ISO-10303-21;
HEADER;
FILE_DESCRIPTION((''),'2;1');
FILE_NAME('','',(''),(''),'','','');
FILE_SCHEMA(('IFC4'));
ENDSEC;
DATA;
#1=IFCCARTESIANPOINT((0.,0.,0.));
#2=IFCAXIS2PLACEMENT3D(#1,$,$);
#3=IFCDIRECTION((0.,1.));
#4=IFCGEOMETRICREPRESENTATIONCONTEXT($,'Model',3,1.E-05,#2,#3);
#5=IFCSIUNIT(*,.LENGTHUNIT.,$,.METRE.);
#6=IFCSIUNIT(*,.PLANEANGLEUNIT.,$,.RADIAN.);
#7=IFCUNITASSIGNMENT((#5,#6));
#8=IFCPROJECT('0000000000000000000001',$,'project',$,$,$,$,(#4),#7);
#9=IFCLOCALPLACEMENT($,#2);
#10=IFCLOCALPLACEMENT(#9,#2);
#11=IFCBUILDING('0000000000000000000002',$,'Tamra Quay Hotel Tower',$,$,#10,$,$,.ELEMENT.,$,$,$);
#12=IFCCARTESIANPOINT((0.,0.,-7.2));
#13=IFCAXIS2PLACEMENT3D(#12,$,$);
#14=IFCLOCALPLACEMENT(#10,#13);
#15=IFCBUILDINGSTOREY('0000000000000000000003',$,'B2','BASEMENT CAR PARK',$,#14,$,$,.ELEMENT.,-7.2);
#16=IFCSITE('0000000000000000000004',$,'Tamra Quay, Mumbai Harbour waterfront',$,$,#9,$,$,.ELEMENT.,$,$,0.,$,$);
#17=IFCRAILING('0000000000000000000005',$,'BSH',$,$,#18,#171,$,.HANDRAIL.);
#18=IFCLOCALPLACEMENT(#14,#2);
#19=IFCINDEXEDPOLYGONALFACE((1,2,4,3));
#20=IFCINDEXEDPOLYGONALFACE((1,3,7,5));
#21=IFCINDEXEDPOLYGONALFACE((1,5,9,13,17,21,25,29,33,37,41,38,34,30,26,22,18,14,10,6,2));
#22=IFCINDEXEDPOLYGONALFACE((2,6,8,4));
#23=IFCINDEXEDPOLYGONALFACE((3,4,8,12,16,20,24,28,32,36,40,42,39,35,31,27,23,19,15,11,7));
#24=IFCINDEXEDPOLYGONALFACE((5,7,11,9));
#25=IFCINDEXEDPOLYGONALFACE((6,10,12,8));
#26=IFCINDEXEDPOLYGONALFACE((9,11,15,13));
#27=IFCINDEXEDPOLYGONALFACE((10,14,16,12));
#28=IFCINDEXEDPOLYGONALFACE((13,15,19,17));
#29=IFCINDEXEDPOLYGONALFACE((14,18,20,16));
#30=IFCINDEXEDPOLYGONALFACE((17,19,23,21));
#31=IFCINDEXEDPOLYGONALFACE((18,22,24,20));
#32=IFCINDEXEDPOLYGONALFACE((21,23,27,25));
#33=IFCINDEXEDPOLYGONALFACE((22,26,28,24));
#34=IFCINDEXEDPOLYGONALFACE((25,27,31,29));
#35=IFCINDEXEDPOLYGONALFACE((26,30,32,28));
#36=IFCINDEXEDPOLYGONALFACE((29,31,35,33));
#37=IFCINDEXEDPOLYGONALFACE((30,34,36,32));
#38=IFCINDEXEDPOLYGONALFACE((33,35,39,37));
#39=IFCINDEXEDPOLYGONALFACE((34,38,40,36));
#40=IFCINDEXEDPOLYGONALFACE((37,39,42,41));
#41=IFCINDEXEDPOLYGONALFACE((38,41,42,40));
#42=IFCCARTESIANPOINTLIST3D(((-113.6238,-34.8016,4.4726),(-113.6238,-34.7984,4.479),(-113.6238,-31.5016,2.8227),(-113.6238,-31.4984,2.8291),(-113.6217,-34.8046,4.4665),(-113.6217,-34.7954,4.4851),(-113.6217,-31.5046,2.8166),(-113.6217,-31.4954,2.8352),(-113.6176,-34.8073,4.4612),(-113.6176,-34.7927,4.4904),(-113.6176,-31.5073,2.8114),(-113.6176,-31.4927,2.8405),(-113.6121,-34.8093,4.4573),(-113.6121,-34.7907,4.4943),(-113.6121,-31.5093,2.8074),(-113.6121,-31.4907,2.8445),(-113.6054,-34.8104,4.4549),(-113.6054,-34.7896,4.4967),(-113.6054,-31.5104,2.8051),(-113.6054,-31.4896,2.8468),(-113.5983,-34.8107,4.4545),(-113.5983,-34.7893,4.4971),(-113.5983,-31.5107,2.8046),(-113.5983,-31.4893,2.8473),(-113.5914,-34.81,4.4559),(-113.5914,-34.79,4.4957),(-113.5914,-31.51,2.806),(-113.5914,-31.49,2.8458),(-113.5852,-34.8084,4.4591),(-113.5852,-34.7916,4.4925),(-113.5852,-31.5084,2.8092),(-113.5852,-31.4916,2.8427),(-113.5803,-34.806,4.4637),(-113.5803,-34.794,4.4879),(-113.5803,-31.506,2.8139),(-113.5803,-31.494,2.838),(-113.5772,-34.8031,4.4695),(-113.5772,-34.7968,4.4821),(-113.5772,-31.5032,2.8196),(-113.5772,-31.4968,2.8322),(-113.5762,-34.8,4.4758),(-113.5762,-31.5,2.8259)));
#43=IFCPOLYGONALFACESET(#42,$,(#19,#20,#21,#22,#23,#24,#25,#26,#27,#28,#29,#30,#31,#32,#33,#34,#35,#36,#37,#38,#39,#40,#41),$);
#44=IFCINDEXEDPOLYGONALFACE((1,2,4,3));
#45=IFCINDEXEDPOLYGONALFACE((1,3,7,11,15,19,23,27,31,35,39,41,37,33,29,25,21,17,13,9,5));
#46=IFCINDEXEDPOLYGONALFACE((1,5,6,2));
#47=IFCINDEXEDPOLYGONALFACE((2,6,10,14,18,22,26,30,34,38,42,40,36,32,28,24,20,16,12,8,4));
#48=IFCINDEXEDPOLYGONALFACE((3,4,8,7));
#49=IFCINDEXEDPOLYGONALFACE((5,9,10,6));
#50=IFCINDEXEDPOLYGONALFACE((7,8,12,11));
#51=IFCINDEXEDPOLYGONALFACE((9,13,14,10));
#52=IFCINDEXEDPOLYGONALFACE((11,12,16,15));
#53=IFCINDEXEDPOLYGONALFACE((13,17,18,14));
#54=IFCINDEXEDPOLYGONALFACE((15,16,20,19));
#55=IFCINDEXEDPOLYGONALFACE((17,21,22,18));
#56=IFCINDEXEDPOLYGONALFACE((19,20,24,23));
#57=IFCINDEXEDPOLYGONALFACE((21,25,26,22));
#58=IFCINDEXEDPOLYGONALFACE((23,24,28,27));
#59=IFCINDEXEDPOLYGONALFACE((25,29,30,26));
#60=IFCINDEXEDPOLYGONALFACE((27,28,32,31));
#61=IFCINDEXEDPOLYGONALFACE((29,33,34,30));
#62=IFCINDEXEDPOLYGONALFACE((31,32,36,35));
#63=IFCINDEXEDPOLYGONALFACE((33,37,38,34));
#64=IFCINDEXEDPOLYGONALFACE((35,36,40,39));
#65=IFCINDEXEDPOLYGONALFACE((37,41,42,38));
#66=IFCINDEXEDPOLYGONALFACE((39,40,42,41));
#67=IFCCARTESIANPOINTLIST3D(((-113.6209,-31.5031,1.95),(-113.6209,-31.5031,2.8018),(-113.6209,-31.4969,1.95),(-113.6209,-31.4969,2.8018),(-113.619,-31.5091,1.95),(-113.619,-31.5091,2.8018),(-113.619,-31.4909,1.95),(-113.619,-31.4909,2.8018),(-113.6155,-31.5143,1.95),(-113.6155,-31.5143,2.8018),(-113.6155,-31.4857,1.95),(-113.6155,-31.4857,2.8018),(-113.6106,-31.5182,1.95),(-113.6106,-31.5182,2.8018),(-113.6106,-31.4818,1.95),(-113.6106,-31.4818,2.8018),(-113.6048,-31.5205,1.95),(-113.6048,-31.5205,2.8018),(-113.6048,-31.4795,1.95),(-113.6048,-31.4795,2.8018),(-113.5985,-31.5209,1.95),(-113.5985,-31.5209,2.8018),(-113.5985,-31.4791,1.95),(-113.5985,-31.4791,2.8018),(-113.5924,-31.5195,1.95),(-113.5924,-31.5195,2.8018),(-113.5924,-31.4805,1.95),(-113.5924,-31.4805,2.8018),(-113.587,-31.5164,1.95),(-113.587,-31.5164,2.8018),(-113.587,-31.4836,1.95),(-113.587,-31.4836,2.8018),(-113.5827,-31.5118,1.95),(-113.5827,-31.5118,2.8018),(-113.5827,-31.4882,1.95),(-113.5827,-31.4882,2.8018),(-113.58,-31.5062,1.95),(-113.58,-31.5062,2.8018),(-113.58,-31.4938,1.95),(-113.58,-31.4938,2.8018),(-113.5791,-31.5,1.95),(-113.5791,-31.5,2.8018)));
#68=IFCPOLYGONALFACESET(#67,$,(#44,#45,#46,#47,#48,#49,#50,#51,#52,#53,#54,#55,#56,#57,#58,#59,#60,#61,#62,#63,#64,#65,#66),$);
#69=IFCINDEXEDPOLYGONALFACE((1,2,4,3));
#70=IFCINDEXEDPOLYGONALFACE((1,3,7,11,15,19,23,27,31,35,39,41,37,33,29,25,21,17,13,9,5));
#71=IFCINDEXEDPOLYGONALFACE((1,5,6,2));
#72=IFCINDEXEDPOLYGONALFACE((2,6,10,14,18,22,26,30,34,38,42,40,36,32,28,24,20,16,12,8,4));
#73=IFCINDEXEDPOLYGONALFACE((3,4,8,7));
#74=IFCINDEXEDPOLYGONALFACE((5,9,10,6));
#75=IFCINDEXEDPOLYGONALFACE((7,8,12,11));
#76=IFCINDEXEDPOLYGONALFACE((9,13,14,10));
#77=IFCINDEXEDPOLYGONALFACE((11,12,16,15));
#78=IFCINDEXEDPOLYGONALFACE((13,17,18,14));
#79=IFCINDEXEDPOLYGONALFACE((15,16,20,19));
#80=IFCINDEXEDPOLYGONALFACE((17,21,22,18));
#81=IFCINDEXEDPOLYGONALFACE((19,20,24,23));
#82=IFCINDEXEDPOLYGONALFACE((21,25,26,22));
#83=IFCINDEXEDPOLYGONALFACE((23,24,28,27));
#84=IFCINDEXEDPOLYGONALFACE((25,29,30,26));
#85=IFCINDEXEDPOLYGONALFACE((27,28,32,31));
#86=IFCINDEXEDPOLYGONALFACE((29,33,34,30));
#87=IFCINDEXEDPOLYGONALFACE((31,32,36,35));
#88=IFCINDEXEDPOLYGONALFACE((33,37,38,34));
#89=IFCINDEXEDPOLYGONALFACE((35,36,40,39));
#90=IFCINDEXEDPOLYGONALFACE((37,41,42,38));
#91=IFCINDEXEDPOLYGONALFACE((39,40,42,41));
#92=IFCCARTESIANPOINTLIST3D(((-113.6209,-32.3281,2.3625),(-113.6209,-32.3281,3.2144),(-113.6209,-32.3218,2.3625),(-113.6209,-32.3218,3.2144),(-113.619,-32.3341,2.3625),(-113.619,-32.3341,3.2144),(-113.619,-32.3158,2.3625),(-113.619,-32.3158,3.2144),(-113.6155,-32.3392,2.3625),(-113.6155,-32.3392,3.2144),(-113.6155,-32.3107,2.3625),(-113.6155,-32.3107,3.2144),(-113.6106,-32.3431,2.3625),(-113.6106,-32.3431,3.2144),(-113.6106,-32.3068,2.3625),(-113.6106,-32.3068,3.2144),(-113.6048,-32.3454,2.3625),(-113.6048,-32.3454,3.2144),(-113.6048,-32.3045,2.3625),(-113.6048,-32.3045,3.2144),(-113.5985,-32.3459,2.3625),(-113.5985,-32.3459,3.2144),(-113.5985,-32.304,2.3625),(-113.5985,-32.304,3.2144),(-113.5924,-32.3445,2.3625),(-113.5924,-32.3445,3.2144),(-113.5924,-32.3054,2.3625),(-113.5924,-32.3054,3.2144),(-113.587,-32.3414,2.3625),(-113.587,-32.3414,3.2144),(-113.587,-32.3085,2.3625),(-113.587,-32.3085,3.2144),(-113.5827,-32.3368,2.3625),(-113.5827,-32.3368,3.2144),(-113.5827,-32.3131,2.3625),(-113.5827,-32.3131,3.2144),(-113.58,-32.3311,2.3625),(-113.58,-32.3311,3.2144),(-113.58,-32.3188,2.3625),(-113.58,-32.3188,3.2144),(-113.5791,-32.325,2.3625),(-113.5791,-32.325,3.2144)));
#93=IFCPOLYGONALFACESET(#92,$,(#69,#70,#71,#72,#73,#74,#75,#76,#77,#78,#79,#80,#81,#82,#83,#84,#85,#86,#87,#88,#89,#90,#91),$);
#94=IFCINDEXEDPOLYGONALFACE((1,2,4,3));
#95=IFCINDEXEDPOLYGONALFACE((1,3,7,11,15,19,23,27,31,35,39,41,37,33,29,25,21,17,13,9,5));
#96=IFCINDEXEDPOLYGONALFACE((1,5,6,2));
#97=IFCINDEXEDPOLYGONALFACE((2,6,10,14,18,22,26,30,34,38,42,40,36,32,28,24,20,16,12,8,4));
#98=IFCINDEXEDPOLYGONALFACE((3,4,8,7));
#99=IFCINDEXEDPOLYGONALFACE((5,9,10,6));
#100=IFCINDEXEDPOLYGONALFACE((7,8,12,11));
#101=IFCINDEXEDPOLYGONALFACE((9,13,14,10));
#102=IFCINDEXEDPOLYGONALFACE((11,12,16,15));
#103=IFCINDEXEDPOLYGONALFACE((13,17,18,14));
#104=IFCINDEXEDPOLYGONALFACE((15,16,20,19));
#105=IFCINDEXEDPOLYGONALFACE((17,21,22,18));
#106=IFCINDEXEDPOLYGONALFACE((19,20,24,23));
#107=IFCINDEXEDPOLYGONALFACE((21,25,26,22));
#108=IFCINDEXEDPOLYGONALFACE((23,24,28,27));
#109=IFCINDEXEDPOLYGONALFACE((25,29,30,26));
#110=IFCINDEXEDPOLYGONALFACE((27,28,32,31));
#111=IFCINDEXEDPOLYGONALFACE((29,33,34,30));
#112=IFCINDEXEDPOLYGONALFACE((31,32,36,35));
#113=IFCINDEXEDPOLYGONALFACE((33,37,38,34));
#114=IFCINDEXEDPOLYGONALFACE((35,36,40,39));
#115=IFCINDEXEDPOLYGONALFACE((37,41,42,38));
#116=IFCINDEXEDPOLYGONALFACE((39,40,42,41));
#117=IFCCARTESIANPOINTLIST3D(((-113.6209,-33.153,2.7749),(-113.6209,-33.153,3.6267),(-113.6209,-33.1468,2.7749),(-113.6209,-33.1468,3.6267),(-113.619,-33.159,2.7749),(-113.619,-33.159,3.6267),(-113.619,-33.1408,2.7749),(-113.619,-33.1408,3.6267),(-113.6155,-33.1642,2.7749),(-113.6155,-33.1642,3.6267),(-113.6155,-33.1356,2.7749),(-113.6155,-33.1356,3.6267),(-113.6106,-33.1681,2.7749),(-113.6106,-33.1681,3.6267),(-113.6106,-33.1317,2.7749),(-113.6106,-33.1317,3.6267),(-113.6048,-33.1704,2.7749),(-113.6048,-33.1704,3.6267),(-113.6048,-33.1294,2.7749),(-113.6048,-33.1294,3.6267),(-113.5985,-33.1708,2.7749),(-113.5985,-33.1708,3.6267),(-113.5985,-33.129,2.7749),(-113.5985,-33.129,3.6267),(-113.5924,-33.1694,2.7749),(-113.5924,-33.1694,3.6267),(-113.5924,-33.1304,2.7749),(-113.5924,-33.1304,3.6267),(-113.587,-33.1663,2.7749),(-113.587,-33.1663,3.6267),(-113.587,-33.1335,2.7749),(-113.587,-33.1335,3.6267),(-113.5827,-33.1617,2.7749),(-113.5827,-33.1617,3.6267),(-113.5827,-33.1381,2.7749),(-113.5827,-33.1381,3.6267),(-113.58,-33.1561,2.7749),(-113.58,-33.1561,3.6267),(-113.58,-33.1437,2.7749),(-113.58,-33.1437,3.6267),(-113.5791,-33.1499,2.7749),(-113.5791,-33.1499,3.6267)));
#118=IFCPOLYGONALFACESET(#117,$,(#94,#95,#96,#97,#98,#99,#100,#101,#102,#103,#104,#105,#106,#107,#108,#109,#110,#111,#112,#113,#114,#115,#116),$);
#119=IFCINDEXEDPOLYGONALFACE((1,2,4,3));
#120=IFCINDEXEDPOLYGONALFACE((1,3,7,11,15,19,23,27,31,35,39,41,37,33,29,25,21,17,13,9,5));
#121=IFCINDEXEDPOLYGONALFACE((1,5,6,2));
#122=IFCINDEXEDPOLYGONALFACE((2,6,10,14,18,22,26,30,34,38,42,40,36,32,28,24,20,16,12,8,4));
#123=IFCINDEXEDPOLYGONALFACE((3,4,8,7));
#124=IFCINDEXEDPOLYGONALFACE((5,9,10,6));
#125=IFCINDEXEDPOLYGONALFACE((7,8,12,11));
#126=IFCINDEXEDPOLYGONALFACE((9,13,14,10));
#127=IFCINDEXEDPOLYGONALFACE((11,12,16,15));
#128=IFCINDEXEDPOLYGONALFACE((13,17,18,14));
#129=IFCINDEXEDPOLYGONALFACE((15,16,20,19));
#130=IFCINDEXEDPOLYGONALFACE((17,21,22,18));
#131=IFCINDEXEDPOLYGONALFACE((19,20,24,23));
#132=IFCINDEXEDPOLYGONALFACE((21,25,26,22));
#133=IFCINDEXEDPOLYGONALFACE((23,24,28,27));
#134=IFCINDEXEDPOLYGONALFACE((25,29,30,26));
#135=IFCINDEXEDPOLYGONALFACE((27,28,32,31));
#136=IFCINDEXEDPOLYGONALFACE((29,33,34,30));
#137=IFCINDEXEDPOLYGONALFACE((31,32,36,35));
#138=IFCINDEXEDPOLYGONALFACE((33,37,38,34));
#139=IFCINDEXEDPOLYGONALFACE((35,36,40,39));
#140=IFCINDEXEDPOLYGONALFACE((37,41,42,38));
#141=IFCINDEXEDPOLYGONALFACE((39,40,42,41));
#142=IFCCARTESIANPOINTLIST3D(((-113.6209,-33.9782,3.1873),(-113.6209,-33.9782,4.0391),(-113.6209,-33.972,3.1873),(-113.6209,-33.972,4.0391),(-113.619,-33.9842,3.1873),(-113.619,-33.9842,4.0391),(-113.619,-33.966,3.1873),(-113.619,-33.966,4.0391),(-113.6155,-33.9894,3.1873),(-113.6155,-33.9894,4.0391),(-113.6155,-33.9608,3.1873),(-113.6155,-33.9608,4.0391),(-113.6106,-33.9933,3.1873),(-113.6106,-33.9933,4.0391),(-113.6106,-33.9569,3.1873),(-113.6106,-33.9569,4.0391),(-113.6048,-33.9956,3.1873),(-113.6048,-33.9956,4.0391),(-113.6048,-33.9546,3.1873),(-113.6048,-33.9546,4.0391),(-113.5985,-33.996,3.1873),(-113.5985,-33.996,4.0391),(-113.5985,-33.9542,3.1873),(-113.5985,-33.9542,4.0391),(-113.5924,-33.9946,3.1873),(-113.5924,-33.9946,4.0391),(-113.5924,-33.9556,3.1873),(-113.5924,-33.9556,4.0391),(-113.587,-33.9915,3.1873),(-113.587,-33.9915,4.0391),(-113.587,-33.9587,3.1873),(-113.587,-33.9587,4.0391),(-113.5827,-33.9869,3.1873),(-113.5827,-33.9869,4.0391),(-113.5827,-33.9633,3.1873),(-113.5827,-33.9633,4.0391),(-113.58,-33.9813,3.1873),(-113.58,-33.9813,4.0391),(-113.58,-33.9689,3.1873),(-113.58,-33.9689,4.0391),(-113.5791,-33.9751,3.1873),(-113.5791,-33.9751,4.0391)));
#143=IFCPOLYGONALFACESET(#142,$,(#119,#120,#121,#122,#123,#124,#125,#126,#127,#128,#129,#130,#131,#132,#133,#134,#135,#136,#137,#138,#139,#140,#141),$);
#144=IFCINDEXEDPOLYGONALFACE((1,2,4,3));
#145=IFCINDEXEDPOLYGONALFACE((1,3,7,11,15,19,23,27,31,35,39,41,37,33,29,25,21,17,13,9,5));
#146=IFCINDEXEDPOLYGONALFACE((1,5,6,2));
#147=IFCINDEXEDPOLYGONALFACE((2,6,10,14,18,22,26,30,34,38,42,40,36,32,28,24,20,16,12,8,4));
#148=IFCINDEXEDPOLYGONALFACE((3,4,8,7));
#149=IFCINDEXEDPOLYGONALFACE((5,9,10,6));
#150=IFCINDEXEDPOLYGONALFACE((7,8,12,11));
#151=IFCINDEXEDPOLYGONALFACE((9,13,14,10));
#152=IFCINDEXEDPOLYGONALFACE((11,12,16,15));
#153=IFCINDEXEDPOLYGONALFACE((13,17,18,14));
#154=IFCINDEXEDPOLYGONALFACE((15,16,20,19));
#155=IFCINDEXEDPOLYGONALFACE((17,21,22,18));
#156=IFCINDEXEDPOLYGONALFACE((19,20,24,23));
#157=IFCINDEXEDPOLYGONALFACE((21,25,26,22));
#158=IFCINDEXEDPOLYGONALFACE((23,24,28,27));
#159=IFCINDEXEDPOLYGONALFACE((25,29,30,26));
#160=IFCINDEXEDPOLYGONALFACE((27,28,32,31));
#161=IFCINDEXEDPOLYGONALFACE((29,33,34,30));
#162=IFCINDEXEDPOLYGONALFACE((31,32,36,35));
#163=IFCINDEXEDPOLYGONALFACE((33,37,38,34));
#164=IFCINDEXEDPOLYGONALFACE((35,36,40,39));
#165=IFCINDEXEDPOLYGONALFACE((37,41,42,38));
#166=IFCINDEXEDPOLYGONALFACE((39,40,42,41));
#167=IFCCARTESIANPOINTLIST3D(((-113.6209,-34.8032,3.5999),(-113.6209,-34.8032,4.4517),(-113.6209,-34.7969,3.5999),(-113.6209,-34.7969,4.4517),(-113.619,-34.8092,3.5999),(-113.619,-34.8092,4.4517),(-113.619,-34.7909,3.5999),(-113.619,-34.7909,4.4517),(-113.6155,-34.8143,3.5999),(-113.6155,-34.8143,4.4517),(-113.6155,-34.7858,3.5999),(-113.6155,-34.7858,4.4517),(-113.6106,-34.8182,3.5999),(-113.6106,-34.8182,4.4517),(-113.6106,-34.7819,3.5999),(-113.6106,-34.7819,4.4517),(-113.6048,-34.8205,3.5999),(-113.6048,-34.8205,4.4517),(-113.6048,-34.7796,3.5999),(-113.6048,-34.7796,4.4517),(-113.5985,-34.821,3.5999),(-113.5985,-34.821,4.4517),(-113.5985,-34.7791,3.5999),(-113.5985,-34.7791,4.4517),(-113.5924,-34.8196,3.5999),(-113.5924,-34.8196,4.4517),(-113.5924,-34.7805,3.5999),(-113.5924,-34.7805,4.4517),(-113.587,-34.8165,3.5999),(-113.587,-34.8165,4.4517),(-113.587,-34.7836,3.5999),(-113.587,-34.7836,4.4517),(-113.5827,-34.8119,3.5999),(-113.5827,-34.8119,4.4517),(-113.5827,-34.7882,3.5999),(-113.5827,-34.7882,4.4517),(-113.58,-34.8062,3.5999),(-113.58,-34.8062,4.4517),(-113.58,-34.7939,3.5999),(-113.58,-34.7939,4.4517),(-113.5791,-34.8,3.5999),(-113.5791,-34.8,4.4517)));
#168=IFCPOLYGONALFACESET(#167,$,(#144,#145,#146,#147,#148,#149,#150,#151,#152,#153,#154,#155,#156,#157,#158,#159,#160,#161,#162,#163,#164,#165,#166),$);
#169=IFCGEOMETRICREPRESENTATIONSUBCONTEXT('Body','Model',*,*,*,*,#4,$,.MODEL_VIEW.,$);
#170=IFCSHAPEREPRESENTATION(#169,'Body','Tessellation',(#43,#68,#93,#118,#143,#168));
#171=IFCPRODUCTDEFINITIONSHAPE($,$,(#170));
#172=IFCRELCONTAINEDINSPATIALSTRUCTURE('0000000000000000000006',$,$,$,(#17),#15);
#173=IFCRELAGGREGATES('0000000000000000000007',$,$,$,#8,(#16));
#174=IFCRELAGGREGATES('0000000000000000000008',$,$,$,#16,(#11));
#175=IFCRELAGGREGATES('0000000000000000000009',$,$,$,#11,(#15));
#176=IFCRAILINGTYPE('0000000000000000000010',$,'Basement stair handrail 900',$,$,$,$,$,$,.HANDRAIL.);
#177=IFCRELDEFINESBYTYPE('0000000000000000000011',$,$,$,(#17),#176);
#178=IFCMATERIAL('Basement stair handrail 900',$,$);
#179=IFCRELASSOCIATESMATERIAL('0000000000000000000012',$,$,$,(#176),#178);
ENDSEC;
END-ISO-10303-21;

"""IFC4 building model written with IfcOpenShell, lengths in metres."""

from ifc_helpers import new_model, si_unit, direction, frame, origin, origin_2d, place, context, subcontext, project, spatial, circle, extrude, material, type_object, element, save


model = new_model("IFC4")

# Units and contexts
model_context = context("Model", 3, precision=1e-05, world=origin(), true_north=direction((0.0, 1.0)))
body_context = subcontext(model_context, "Body", "Model", "MODEL_VIEW")
ifc_project = project(units=[si_unit("LENGTHUNIT", "METRE"), si_unit("PLANEANGLEUNIT", "RADIAN")], contexts=[model_context])

# Site, building, storey
site_placement = place(None, origin())
site = spatial("IfcSite", under=ifc_project, at=site_placement, Name="Tamra Quay, Mumbai Harbour waterfront", CompositionType="ELEMENT", RefElevation=0.0)
building_placement = place(site_placement, origin())
building = spatial("IfcBuilding", under=site, at=building_placement, Name="Tamra Quay Hotel Tower", CompositionType="ELEMENT")
storey_placement = place(building_placement, frame((0.0, 0.0, -7.2)))
storey = spatial("IfcBuildingStorey", under=building, at=storey_placement, Name="B2", Description="BASEMENT CAR PARK", CompositionType="ELEMENT", Elevation=-7.2)

# Railing
ifc_material_1 = material(Name="Basement stair handrail 900")
railing_type_1 = type_object("IfcRailingType", Name="Basement stair handrail 900", PredefinedType="HANDRAIL", material=ifc_material_1)
railing_1_placement = place(storey_placement, frame((-113.6001, -31.5, 1.95)))
element("IfcRailing", 1, at=railing_1_placement, inside=storey, type_object=railing_type_1, Name="BSH", PredefinedType="HANDRAIL", context=body_context, shape_type="SweptSolid", body=[
    extrude(circle(Radius=0.0239, at=origin_2d()), frame((0.0, 0.0, 0.876), z_axis=(0.0, -0.89444, 0.447187), x_axis=(1.0, 0.0, 0.0)), (0.0, 0.0, 1.0), 3.6895),
    extrude(circle(Radius=0.021, at=origin_2d()), origin(), (0.0, 0.0, 1.0), 0.8518),
    extrude(circle(Radius=0.021, at=origin_2d()), frame((0.0, -0.825, 0.4126)), (0.0, 0.0, 1.0), 0.8518),
    extrude(circle(Radius=0.021, at=origin_2d()), frame((0.0, -1.6499, 0.825)), (0.0, 0.0, 1.0), 0.8518),
    extrude(circle(Radius=0.021, at=origin_2d()), frame((0.0, -2.4751, 1.2373)), (0.0, 0.0, 1.0), 0.8518),
    extrude(circle(Radius=0.021, at=origin_2d()), frame((0.0, -3.3, 1.6499)), (0.0, 0.0, 1.0), 0.8518),
])

save(model, "model.ifc")
